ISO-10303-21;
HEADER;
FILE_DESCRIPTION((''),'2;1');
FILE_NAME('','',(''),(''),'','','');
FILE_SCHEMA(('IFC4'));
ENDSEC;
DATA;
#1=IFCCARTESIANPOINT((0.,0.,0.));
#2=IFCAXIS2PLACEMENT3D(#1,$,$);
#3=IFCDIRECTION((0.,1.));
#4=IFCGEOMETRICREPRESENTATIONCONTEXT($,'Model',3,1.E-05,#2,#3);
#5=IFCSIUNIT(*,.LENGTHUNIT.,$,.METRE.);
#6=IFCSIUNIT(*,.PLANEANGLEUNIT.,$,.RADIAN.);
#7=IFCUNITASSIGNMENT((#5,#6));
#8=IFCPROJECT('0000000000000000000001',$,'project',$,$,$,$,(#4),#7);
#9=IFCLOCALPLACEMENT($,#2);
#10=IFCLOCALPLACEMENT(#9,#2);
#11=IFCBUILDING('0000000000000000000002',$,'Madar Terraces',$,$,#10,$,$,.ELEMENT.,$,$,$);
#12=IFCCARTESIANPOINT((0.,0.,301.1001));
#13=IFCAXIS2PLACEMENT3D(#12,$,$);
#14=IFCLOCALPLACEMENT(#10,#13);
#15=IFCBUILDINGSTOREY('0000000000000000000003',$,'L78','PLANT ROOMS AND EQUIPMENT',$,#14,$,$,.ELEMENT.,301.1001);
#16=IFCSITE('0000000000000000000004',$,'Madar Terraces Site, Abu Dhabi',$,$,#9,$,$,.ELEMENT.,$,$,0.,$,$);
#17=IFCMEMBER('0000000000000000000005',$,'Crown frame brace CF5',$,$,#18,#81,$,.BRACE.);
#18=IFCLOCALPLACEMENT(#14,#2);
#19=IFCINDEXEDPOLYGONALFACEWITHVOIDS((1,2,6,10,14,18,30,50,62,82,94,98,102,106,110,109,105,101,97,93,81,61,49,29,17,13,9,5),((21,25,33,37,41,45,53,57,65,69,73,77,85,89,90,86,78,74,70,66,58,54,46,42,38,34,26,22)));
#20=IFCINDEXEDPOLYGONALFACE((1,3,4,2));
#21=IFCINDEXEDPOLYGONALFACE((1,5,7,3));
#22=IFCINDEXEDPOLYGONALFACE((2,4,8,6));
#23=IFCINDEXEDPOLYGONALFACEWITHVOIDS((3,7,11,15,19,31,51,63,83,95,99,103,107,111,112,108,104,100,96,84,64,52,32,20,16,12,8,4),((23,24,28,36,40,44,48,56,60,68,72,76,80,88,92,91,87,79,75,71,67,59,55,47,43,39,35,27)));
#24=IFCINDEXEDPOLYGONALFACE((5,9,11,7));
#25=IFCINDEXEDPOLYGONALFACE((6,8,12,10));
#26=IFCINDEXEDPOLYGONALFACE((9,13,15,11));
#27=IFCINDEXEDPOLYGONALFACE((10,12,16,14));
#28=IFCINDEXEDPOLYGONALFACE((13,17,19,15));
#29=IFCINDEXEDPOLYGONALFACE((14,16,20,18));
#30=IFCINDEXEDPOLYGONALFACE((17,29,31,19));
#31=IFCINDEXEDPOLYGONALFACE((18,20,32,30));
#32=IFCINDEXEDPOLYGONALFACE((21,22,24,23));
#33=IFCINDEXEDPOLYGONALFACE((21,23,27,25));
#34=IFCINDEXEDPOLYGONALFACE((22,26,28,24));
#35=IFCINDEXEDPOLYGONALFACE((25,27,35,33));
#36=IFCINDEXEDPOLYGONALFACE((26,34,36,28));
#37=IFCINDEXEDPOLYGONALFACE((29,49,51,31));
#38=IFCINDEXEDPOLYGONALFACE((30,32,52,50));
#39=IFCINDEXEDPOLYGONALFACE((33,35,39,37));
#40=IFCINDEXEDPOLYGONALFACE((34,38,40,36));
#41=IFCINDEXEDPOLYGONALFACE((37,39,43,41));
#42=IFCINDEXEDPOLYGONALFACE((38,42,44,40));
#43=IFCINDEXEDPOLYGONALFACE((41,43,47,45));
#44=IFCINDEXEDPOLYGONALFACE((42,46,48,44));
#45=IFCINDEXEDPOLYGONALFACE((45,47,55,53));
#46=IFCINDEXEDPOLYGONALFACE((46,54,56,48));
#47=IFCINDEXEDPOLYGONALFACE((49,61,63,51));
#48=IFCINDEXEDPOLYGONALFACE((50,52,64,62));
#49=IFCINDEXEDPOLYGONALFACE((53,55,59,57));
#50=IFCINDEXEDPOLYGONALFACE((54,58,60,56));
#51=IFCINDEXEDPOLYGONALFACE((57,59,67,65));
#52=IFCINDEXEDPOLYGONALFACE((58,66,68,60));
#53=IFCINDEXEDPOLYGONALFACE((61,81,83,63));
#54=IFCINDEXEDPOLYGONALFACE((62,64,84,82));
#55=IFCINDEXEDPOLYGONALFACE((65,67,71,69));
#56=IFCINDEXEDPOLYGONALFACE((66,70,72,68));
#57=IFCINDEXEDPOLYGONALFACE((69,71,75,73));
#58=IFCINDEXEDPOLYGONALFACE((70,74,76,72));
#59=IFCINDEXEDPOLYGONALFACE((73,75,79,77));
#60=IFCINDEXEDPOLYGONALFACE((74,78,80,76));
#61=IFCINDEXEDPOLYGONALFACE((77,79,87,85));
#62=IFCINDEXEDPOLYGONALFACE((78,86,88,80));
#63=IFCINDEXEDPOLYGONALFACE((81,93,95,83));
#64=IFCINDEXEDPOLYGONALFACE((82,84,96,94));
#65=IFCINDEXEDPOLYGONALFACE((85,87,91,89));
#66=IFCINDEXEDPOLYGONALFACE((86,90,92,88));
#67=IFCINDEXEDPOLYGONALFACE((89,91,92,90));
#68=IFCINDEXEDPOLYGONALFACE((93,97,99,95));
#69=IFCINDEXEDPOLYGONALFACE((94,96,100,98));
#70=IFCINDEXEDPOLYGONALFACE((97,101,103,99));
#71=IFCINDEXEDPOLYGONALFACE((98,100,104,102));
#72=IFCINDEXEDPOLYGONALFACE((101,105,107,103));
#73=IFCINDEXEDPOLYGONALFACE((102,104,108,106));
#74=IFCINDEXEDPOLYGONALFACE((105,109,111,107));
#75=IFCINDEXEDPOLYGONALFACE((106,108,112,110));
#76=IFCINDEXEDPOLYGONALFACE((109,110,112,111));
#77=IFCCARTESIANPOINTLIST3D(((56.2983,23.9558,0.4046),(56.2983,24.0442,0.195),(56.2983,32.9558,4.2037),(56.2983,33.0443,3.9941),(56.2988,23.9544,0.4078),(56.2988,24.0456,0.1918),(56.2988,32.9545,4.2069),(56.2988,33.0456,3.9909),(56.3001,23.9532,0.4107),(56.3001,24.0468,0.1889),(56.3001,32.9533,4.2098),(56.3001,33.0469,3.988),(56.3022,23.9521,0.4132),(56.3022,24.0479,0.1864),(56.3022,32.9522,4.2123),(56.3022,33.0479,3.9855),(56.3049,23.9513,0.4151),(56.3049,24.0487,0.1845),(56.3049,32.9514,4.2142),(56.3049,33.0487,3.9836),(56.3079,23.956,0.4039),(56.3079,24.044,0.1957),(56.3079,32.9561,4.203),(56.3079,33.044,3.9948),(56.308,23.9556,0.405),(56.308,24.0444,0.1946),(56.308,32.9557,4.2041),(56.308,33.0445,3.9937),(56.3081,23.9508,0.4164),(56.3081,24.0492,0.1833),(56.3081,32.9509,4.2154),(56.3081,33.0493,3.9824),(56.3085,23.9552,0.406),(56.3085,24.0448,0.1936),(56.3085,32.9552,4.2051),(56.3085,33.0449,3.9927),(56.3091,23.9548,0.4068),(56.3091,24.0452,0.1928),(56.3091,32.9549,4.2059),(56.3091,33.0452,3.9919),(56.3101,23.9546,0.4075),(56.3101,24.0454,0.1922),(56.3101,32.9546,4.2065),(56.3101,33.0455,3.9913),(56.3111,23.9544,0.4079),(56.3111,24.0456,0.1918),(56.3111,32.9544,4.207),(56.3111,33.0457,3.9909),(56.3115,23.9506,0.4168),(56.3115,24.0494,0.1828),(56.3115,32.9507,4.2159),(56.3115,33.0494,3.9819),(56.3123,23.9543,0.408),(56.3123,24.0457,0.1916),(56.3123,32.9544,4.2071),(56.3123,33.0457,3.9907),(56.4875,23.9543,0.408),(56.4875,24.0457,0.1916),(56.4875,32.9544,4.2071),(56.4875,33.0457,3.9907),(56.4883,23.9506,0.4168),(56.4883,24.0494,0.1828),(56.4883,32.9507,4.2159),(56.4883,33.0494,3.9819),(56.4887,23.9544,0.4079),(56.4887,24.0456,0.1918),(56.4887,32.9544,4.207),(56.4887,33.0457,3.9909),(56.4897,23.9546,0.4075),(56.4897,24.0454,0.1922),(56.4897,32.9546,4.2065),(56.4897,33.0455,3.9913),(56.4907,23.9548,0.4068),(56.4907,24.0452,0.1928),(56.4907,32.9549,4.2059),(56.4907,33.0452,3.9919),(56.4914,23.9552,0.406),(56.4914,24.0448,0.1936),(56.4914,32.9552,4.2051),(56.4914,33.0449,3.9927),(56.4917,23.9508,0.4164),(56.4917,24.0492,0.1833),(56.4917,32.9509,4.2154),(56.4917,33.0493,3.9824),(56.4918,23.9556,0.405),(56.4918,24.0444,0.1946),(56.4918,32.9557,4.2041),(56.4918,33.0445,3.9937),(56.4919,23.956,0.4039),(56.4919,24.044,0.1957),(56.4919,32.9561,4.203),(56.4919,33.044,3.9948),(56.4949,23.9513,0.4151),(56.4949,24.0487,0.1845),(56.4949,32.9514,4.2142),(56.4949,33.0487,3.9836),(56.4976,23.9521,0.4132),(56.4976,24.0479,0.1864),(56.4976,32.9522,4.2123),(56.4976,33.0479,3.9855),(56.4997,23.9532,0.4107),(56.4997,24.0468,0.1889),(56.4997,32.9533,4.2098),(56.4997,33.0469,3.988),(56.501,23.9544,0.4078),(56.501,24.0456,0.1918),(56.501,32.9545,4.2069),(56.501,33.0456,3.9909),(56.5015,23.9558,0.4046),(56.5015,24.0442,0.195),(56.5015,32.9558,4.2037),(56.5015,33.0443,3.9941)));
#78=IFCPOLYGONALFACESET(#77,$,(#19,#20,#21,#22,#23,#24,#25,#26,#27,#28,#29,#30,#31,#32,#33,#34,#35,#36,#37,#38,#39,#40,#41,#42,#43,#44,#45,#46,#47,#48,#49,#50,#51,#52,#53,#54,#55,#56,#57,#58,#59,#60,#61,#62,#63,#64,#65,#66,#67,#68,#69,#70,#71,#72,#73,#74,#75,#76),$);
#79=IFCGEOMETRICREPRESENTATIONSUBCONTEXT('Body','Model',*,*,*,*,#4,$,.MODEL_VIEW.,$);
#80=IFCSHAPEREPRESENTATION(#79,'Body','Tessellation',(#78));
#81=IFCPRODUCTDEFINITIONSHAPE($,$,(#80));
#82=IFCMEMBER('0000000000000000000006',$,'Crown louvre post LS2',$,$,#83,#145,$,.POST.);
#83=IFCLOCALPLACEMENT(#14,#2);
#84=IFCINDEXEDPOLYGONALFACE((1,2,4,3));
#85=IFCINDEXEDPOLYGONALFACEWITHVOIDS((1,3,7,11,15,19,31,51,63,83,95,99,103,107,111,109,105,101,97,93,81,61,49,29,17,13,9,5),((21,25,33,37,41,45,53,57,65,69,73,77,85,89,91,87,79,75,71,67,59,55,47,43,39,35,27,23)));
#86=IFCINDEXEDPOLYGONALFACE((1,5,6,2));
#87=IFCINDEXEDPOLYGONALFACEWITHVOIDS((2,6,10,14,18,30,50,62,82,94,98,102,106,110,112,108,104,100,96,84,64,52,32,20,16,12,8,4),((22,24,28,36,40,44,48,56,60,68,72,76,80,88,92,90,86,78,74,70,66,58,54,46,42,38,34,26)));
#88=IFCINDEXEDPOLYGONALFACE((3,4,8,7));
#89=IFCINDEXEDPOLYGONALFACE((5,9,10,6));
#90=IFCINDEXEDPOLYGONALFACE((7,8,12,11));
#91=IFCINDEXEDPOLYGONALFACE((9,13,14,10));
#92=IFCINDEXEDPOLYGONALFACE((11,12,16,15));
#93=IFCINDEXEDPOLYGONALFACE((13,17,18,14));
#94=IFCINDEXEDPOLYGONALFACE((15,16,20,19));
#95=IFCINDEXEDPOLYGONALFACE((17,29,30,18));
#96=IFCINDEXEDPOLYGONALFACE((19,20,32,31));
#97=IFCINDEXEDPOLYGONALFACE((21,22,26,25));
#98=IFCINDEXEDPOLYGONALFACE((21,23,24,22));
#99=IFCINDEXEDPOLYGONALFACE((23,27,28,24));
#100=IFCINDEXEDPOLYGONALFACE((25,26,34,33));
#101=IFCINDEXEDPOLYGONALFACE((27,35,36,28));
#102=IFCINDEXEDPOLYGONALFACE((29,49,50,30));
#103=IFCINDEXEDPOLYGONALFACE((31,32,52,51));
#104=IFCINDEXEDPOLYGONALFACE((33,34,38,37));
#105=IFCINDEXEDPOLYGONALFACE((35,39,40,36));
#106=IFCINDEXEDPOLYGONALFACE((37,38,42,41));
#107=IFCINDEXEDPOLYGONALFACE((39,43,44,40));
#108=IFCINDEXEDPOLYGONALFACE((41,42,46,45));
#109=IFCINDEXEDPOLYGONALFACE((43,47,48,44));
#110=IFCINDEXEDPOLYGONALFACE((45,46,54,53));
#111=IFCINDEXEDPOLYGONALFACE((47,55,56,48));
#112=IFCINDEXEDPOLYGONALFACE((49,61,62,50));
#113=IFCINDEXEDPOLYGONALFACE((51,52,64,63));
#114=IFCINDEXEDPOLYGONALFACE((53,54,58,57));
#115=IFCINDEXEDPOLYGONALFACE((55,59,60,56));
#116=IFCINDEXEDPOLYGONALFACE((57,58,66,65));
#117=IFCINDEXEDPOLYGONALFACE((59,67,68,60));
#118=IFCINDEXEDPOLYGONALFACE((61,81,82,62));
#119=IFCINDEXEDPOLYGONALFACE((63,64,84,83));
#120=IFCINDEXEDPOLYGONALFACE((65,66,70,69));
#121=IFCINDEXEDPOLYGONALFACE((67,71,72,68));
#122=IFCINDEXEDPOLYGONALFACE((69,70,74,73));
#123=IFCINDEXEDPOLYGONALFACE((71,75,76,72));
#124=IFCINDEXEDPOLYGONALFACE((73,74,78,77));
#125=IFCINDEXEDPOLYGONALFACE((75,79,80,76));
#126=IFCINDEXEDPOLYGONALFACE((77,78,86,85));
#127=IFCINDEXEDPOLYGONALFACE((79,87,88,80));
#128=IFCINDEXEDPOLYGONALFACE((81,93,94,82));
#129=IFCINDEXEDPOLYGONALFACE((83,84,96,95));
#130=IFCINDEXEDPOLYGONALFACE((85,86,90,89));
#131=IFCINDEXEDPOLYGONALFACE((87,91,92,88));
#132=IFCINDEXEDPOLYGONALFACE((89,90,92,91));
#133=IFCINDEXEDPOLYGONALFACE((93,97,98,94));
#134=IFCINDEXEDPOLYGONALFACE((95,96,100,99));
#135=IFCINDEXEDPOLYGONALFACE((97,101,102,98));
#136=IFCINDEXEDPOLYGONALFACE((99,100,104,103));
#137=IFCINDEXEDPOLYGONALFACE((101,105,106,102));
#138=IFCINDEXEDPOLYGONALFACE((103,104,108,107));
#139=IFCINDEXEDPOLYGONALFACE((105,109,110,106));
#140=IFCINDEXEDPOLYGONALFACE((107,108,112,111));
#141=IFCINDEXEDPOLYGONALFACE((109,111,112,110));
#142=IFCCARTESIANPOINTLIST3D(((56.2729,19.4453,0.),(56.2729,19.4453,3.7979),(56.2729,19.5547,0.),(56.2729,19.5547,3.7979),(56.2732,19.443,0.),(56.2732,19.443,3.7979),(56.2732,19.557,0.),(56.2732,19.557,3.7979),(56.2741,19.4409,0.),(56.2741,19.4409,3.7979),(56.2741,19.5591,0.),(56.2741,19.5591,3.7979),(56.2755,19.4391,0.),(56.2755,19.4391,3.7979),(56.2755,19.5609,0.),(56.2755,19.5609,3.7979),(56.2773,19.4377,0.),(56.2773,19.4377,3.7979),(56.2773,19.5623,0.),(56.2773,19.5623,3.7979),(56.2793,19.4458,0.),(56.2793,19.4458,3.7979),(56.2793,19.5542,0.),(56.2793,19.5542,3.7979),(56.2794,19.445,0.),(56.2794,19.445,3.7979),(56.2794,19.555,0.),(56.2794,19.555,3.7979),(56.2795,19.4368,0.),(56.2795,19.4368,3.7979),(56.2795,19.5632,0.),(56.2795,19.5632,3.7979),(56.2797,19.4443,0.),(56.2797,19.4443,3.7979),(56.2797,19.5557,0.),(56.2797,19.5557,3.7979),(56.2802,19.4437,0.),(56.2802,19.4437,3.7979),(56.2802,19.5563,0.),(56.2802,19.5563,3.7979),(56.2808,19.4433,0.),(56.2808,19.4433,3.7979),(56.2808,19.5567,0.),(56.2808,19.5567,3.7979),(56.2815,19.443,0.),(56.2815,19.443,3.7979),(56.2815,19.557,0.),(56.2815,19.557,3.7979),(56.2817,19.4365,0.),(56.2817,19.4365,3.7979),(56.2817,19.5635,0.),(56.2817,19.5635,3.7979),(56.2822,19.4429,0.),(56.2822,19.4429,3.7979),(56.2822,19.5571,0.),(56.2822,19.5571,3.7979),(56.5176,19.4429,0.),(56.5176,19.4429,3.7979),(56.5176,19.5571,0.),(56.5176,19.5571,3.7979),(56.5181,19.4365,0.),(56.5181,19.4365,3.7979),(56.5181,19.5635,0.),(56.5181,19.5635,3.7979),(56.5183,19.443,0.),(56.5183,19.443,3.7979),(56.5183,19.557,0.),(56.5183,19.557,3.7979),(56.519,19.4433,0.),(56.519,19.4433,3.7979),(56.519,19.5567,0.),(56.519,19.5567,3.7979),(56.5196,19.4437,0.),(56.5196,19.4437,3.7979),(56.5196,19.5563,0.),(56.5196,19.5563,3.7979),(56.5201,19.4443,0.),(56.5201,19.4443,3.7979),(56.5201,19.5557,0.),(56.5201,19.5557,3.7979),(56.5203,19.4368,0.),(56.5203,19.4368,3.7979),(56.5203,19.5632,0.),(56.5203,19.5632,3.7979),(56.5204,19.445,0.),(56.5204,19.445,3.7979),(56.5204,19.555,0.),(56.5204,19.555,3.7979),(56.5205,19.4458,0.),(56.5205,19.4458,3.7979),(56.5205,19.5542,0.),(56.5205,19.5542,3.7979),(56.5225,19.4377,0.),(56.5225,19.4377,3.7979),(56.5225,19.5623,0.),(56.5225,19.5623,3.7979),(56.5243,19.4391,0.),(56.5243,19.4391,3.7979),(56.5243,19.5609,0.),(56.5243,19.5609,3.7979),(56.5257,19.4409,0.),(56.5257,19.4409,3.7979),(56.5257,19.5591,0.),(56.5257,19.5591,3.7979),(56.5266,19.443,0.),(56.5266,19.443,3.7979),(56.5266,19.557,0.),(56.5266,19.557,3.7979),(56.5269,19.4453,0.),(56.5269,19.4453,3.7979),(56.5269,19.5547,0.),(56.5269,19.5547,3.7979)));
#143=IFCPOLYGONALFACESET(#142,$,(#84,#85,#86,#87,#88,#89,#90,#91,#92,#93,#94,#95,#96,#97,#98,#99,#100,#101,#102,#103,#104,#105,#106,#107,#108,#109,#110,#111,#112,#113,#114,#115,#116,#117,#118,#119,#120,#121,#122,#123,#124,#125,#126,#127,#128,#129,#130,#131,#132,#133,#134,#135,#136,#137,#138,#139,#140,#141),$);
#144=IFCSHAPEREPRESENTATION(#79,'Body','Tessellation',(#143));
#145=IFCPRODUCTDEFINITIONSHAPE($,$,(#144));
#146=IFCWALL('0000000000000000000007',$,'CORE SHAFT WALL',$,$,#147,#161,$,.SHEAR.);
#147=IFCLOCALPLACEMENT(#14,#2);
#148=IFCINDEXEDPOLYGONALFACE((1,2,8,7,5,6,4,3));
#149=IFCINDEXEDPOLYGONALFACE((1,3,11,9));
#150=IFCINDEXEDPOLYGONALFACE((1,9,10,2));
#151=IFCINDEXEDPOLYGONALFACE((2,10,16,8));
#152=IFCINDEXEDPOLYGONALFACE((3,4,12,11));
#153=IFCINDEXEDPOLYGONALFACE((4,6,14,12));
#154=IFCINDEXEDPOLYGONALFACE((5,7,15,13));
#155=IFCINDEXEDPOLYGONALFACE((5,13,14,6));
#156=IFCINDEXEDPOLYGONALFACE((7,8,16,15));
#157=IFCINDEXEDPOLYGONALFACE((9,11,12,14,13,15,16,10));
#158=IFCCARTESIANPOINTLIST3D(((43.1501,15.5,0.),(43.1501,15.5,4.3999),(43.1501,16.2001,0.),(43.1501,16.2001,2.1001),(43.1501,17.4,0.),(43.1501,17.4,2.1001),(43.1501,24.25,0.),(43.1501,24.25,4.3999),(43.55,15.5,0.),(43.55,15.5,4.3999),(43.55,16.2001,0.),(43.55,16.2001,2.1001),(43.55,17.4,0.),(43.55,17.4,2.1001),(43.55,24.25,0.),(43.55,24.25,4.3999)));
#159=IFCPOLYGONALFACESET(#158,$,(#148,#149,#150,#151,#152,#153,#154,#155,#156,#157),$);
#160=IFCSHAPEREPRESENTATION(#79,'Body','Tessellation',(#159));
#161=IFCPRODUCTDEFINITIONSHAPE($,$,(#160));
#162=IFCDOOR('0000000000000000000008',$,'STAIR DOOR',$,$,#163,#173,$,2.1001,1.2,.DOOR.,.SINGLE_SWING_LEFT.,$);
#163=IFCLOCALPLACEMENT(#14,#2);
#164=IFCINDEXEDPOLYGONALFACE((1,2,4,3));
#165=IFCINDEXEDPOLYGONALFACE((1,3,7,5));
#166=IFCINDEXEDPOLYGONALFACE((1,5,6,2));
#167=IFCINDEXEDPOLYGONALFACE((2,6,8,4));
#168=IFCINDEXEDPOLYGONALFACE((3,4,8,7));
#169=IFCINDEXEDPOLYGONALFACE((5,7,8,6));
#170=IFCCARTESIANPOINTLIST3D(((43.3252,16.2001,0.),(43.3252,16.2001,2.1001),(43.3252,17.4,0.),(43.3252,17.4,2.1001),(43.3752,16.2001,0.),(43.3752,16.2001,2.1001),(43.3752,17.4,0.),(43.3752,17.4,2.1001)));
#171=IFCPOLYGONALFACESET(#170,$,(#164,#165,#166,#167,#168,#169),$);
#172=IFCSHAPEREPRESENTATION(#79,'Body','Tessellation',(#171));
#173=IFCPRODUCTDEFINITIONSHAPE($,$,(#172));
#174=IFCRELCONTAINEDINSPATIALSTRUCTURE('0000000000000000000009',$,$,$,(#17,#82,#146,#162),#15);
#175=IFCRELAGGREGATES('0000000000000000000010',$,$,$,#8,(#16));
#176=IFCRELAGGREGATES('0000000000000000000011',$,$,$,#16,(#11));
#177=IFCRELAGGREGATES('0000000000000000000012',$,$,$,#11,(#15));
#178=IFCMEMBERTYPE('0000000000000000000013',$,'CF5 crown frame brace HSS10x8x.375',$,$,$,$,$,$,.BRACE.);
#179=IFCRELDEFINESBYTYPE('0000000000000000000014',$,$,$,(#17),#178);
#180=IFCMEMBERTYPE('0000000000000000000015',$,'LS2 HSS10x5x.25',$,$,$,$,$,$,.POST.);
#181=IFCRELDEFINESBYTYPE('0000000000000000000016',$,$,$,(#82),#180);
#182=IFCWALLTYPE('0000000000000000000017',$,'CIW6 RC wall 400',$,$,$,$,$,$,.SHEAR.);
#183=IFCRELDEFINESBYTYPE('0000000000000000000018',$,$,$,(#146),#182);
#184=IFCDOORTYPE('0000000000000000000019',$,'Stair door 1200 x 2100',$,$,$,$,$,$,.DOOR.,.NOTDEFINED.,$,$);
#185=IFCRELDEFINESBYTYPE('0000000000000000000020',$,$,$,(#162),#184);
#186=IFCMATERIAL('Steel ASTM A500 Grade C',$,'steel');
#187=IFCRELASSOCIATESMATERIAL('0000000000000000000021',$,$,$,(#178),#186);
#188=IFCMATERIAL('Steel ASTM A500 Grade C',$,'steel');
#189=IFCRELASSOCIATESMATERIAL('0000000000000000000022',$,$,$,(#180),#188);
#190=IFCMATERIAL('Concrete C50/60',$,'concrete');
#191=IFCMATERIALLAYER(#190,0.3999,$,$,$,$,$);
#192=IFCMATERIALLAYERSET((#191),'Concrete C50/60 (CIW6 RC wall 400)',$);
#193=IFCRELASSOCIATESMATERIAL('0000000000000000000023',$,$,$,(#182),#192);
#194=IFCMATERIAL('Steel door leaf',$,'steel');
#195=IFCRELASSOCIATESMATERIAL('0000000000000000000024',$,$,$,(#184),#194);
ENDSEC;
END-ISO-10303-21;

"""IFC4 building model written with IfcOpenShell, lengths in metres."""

from ifc_helpers import new_model, si_unit, direction, frame, frame_2d, origin, origin_2d, place, context, subcontext, project, spatial, rectangle, hollow_rectangle, extrude, material, layer, layer_set, material_profile, profile_set, type_object, element, fill, save


model = new_model("IFC4")

# Units and contexts
model_context = context("Model", 3, precision=1e-05, world=origin(), true_north=direction((0.0, 1.0)))
body_context = subcontext(model_context, "Body", "Model", "MODEL_VIEW")
ifc_project = project(units=[si_unit("LENGTHUNIT", "METRE"), si_unit("PLANEANGLEUNIT", "RADIAN")], contexts=[model_context])

# Site, building, storey
site_placement = place(None, origin())
site = spatial("IfcSite", under=ifc_project, at=site_placement, Name="Madar Terraces Site, Abu Dhabi", CompositionType="ELEMENT", RefElevation=0.0)
building_placement = place(site_placement, origin())
building = spatial("IfcBuilding", under=site, at=building_placement, Name="Madar Terraces", CompositionType="ELEMENT")
storey_placement = place(building_placement, frame((0.0, 0.0, 301.1001)))
storey = spatial("IfcBuildingStorey", under=building, at=storey_placement, Name="L78", Description="PLANT ROOMS AND EQUIPMENT", CompositionType="ELEMENT", Elevation=301.1001)

# Members
ifc_material_1 = material(Name="Steel ASTM A500 Grade C", Category="steel")
ifc_material_profile_1 = material_profile(ifc_material_1, hollow_rectangle(XDim=0.2031, YDim=0.2539, WallThickness=0.0095, InnerFilletRadius=0.0044, OuterFilletRadius=0.0132, at=origin_2d()), Name="HSS10x8x.375")
ifc_profile_set_1 = profile_set([ifc_material_profile_1], Name="Steel ASTM A500 Grade C")
member_type_1 = type_object("IfcMemberType", Name="CF5 crown frame brace HSS10x8x.375", PredefinedType="BRACE", material=ifc_profile_set_1)
for number, where, z_axis, x_axis, name in (
    (1, (56.3999, 24.0, 0.2998), (0.0, 0.921284, 0.388891), (-1.0, 0.0, 0.0), "Crown frame brace CF5"),
):
    element("IfcMember", number, at=place(storey_placement, frame(where, z_axis=z_axis, x_axis=x_axis)), inside=storey, type_object=member_type_1, Name=name, PredefinedType="BRACE", context=body_context, shape_type="SweptSolid", body=[
        extrude(hollow_rectangle(XDim=0.2031, YDim=0.2539, WallThickness=0.0095, InnerFilletRadius=0.0044, OuterFilletRadius=0.0132, at=origin_2d()), origin(), (0.0, 0.0, 1.0), 9.769),
    ])
ifc_material_2 = material(Name="Steel ASTM A500 Grade C", Category="steel")
ifc_material_profile_2 = material_profile(ifc_material_2, hollow_rectangle(XDim=0.127, YDim=0.2539, WallThickness=0.0063, InnerFilletRadius=0.0029, OuterFilletRadius=0.0088, at=origin_2d()), Name="HSS10x5x.25")
ifc_profile_set_2 = profile_set([ifc_material_profile_2], Name="Steel ASTM A500 Grade C")
member_type_2 = type_object("IfcMemberType", Name="LS2 HSS10x5x.25", PredefinedType="POST", material=ifc_profile_set_2)
member_placement = place(storey_placement, frame((56.3999, 19.5, 0.0), z_axis=(0.0, 0.0, 1.0), x_axis=(0.0, 1.0, 0.0)))
element("IfcMember", 2, at=member_placement, inside=storey, type_object=member_type_2, Name="Crown louvre post LS2", PredefinedType="POST", context=body_context, shape_type="SweptSolid", body=[
    extrude(hollow_rectangle(XDim=0.127, YDim=0.2539, WallThickness=0.0063, InnerFilletRadius=0.0029, OuterFilletRadius=0.0088, at=origin_2d()), origin(), (0.0, 0.0, 1.0), 3.7979),
])

# Wall, opening, door
ifc_material_3 = material(Name="Concrete C50/60", Category="concrete")
ifc_layer_1 = layer(ifc_material_3, 0.3999)
ifc_layer_set_1 = layer_set([ifc_layer_1], Name="Concrete C50/60 (CIW6 RC wall 400)")
wall_type_1 = type_object("IfcWallType", Name="CIW6 RC wall 400", PredefinedType="SHEAR", material=ifc_layer_set_1)
wall_1_placement = place(storey_placement, frame((43.3501, 15.5, 0.0), z_axis=(0.0, 0.0, 1.0), x_axis=(0.0, 1.0, 0.0)))
wall_1 = element("IfcWall", 3, at=wall_1_placement, inside=storey, type_object=wall_type_1, Name="CORE SHAFT WALL", PredefinedType="SHEAR", context=body_context, shape_type="SweptSolid", body=[
    extrude(rectangle(XDim=8.75, YDim=0.3999, at=frame_2d((4.375, 0.0))), origin(), (0.0, 0.0, 1.0), 4.3999),
])
opening_1_placement = place(wall_1_placement, frame((0.7, 0.0, 0.0)))
opening_1 = element("IfcOpeningElement", 4, at=opening_1_placement, cuts=wall_1, PredefinedType="OPENING", context=body_context, shape_type="SweptSolid", body=[
    extrude(rectangle(XDim=1.2, YDim=2.1001, at=frame_2d((0.6001, 1.05))), frame((0.0, 0.21, 0.0), z_axis=(0.0, -1.0, 0.0), x_axis=(1.0, 0.0, 0.0)), (0.0, 0.0, 1.0), 0.4199),
])
ifc_material_4 = material(Name="Steel door leaf", Category="steel")
door_type_1 = type_object("IfcDoorType", Name="Stair door 1200 x 2100", OperationType="NOTDEFINED", PredefinedType="DOOR", material=ifc_material_4)
door_1_placement = place(opening_1_placement, origin())
door_1 = element("IfcDoor", 5, at=door_1_placement, inside=storey, type_object=door_type_1, Name="STAIR DOOR", OperationType="SINGLE_SWING_LEFT", OverallHeight=2.1001, OverallWidth=1.2, PredefinedType="DOOR", context=body_context, shape_type="SweptSolid", body=[
    extrude(rectangle(XDim=1.2, YDim=2.1001, at=frame_2d((0.6001, 1.05))), frame((0.0, 0.0249, 0.0), z_axis=(0.0, -1.0, 0.0), x_axis=(1.0, 0.0, 0.0)), (0.0, 0.0, 1.0), 0.05),
])
fill(opening_1, door_1)

save(model, "model.ifc")
